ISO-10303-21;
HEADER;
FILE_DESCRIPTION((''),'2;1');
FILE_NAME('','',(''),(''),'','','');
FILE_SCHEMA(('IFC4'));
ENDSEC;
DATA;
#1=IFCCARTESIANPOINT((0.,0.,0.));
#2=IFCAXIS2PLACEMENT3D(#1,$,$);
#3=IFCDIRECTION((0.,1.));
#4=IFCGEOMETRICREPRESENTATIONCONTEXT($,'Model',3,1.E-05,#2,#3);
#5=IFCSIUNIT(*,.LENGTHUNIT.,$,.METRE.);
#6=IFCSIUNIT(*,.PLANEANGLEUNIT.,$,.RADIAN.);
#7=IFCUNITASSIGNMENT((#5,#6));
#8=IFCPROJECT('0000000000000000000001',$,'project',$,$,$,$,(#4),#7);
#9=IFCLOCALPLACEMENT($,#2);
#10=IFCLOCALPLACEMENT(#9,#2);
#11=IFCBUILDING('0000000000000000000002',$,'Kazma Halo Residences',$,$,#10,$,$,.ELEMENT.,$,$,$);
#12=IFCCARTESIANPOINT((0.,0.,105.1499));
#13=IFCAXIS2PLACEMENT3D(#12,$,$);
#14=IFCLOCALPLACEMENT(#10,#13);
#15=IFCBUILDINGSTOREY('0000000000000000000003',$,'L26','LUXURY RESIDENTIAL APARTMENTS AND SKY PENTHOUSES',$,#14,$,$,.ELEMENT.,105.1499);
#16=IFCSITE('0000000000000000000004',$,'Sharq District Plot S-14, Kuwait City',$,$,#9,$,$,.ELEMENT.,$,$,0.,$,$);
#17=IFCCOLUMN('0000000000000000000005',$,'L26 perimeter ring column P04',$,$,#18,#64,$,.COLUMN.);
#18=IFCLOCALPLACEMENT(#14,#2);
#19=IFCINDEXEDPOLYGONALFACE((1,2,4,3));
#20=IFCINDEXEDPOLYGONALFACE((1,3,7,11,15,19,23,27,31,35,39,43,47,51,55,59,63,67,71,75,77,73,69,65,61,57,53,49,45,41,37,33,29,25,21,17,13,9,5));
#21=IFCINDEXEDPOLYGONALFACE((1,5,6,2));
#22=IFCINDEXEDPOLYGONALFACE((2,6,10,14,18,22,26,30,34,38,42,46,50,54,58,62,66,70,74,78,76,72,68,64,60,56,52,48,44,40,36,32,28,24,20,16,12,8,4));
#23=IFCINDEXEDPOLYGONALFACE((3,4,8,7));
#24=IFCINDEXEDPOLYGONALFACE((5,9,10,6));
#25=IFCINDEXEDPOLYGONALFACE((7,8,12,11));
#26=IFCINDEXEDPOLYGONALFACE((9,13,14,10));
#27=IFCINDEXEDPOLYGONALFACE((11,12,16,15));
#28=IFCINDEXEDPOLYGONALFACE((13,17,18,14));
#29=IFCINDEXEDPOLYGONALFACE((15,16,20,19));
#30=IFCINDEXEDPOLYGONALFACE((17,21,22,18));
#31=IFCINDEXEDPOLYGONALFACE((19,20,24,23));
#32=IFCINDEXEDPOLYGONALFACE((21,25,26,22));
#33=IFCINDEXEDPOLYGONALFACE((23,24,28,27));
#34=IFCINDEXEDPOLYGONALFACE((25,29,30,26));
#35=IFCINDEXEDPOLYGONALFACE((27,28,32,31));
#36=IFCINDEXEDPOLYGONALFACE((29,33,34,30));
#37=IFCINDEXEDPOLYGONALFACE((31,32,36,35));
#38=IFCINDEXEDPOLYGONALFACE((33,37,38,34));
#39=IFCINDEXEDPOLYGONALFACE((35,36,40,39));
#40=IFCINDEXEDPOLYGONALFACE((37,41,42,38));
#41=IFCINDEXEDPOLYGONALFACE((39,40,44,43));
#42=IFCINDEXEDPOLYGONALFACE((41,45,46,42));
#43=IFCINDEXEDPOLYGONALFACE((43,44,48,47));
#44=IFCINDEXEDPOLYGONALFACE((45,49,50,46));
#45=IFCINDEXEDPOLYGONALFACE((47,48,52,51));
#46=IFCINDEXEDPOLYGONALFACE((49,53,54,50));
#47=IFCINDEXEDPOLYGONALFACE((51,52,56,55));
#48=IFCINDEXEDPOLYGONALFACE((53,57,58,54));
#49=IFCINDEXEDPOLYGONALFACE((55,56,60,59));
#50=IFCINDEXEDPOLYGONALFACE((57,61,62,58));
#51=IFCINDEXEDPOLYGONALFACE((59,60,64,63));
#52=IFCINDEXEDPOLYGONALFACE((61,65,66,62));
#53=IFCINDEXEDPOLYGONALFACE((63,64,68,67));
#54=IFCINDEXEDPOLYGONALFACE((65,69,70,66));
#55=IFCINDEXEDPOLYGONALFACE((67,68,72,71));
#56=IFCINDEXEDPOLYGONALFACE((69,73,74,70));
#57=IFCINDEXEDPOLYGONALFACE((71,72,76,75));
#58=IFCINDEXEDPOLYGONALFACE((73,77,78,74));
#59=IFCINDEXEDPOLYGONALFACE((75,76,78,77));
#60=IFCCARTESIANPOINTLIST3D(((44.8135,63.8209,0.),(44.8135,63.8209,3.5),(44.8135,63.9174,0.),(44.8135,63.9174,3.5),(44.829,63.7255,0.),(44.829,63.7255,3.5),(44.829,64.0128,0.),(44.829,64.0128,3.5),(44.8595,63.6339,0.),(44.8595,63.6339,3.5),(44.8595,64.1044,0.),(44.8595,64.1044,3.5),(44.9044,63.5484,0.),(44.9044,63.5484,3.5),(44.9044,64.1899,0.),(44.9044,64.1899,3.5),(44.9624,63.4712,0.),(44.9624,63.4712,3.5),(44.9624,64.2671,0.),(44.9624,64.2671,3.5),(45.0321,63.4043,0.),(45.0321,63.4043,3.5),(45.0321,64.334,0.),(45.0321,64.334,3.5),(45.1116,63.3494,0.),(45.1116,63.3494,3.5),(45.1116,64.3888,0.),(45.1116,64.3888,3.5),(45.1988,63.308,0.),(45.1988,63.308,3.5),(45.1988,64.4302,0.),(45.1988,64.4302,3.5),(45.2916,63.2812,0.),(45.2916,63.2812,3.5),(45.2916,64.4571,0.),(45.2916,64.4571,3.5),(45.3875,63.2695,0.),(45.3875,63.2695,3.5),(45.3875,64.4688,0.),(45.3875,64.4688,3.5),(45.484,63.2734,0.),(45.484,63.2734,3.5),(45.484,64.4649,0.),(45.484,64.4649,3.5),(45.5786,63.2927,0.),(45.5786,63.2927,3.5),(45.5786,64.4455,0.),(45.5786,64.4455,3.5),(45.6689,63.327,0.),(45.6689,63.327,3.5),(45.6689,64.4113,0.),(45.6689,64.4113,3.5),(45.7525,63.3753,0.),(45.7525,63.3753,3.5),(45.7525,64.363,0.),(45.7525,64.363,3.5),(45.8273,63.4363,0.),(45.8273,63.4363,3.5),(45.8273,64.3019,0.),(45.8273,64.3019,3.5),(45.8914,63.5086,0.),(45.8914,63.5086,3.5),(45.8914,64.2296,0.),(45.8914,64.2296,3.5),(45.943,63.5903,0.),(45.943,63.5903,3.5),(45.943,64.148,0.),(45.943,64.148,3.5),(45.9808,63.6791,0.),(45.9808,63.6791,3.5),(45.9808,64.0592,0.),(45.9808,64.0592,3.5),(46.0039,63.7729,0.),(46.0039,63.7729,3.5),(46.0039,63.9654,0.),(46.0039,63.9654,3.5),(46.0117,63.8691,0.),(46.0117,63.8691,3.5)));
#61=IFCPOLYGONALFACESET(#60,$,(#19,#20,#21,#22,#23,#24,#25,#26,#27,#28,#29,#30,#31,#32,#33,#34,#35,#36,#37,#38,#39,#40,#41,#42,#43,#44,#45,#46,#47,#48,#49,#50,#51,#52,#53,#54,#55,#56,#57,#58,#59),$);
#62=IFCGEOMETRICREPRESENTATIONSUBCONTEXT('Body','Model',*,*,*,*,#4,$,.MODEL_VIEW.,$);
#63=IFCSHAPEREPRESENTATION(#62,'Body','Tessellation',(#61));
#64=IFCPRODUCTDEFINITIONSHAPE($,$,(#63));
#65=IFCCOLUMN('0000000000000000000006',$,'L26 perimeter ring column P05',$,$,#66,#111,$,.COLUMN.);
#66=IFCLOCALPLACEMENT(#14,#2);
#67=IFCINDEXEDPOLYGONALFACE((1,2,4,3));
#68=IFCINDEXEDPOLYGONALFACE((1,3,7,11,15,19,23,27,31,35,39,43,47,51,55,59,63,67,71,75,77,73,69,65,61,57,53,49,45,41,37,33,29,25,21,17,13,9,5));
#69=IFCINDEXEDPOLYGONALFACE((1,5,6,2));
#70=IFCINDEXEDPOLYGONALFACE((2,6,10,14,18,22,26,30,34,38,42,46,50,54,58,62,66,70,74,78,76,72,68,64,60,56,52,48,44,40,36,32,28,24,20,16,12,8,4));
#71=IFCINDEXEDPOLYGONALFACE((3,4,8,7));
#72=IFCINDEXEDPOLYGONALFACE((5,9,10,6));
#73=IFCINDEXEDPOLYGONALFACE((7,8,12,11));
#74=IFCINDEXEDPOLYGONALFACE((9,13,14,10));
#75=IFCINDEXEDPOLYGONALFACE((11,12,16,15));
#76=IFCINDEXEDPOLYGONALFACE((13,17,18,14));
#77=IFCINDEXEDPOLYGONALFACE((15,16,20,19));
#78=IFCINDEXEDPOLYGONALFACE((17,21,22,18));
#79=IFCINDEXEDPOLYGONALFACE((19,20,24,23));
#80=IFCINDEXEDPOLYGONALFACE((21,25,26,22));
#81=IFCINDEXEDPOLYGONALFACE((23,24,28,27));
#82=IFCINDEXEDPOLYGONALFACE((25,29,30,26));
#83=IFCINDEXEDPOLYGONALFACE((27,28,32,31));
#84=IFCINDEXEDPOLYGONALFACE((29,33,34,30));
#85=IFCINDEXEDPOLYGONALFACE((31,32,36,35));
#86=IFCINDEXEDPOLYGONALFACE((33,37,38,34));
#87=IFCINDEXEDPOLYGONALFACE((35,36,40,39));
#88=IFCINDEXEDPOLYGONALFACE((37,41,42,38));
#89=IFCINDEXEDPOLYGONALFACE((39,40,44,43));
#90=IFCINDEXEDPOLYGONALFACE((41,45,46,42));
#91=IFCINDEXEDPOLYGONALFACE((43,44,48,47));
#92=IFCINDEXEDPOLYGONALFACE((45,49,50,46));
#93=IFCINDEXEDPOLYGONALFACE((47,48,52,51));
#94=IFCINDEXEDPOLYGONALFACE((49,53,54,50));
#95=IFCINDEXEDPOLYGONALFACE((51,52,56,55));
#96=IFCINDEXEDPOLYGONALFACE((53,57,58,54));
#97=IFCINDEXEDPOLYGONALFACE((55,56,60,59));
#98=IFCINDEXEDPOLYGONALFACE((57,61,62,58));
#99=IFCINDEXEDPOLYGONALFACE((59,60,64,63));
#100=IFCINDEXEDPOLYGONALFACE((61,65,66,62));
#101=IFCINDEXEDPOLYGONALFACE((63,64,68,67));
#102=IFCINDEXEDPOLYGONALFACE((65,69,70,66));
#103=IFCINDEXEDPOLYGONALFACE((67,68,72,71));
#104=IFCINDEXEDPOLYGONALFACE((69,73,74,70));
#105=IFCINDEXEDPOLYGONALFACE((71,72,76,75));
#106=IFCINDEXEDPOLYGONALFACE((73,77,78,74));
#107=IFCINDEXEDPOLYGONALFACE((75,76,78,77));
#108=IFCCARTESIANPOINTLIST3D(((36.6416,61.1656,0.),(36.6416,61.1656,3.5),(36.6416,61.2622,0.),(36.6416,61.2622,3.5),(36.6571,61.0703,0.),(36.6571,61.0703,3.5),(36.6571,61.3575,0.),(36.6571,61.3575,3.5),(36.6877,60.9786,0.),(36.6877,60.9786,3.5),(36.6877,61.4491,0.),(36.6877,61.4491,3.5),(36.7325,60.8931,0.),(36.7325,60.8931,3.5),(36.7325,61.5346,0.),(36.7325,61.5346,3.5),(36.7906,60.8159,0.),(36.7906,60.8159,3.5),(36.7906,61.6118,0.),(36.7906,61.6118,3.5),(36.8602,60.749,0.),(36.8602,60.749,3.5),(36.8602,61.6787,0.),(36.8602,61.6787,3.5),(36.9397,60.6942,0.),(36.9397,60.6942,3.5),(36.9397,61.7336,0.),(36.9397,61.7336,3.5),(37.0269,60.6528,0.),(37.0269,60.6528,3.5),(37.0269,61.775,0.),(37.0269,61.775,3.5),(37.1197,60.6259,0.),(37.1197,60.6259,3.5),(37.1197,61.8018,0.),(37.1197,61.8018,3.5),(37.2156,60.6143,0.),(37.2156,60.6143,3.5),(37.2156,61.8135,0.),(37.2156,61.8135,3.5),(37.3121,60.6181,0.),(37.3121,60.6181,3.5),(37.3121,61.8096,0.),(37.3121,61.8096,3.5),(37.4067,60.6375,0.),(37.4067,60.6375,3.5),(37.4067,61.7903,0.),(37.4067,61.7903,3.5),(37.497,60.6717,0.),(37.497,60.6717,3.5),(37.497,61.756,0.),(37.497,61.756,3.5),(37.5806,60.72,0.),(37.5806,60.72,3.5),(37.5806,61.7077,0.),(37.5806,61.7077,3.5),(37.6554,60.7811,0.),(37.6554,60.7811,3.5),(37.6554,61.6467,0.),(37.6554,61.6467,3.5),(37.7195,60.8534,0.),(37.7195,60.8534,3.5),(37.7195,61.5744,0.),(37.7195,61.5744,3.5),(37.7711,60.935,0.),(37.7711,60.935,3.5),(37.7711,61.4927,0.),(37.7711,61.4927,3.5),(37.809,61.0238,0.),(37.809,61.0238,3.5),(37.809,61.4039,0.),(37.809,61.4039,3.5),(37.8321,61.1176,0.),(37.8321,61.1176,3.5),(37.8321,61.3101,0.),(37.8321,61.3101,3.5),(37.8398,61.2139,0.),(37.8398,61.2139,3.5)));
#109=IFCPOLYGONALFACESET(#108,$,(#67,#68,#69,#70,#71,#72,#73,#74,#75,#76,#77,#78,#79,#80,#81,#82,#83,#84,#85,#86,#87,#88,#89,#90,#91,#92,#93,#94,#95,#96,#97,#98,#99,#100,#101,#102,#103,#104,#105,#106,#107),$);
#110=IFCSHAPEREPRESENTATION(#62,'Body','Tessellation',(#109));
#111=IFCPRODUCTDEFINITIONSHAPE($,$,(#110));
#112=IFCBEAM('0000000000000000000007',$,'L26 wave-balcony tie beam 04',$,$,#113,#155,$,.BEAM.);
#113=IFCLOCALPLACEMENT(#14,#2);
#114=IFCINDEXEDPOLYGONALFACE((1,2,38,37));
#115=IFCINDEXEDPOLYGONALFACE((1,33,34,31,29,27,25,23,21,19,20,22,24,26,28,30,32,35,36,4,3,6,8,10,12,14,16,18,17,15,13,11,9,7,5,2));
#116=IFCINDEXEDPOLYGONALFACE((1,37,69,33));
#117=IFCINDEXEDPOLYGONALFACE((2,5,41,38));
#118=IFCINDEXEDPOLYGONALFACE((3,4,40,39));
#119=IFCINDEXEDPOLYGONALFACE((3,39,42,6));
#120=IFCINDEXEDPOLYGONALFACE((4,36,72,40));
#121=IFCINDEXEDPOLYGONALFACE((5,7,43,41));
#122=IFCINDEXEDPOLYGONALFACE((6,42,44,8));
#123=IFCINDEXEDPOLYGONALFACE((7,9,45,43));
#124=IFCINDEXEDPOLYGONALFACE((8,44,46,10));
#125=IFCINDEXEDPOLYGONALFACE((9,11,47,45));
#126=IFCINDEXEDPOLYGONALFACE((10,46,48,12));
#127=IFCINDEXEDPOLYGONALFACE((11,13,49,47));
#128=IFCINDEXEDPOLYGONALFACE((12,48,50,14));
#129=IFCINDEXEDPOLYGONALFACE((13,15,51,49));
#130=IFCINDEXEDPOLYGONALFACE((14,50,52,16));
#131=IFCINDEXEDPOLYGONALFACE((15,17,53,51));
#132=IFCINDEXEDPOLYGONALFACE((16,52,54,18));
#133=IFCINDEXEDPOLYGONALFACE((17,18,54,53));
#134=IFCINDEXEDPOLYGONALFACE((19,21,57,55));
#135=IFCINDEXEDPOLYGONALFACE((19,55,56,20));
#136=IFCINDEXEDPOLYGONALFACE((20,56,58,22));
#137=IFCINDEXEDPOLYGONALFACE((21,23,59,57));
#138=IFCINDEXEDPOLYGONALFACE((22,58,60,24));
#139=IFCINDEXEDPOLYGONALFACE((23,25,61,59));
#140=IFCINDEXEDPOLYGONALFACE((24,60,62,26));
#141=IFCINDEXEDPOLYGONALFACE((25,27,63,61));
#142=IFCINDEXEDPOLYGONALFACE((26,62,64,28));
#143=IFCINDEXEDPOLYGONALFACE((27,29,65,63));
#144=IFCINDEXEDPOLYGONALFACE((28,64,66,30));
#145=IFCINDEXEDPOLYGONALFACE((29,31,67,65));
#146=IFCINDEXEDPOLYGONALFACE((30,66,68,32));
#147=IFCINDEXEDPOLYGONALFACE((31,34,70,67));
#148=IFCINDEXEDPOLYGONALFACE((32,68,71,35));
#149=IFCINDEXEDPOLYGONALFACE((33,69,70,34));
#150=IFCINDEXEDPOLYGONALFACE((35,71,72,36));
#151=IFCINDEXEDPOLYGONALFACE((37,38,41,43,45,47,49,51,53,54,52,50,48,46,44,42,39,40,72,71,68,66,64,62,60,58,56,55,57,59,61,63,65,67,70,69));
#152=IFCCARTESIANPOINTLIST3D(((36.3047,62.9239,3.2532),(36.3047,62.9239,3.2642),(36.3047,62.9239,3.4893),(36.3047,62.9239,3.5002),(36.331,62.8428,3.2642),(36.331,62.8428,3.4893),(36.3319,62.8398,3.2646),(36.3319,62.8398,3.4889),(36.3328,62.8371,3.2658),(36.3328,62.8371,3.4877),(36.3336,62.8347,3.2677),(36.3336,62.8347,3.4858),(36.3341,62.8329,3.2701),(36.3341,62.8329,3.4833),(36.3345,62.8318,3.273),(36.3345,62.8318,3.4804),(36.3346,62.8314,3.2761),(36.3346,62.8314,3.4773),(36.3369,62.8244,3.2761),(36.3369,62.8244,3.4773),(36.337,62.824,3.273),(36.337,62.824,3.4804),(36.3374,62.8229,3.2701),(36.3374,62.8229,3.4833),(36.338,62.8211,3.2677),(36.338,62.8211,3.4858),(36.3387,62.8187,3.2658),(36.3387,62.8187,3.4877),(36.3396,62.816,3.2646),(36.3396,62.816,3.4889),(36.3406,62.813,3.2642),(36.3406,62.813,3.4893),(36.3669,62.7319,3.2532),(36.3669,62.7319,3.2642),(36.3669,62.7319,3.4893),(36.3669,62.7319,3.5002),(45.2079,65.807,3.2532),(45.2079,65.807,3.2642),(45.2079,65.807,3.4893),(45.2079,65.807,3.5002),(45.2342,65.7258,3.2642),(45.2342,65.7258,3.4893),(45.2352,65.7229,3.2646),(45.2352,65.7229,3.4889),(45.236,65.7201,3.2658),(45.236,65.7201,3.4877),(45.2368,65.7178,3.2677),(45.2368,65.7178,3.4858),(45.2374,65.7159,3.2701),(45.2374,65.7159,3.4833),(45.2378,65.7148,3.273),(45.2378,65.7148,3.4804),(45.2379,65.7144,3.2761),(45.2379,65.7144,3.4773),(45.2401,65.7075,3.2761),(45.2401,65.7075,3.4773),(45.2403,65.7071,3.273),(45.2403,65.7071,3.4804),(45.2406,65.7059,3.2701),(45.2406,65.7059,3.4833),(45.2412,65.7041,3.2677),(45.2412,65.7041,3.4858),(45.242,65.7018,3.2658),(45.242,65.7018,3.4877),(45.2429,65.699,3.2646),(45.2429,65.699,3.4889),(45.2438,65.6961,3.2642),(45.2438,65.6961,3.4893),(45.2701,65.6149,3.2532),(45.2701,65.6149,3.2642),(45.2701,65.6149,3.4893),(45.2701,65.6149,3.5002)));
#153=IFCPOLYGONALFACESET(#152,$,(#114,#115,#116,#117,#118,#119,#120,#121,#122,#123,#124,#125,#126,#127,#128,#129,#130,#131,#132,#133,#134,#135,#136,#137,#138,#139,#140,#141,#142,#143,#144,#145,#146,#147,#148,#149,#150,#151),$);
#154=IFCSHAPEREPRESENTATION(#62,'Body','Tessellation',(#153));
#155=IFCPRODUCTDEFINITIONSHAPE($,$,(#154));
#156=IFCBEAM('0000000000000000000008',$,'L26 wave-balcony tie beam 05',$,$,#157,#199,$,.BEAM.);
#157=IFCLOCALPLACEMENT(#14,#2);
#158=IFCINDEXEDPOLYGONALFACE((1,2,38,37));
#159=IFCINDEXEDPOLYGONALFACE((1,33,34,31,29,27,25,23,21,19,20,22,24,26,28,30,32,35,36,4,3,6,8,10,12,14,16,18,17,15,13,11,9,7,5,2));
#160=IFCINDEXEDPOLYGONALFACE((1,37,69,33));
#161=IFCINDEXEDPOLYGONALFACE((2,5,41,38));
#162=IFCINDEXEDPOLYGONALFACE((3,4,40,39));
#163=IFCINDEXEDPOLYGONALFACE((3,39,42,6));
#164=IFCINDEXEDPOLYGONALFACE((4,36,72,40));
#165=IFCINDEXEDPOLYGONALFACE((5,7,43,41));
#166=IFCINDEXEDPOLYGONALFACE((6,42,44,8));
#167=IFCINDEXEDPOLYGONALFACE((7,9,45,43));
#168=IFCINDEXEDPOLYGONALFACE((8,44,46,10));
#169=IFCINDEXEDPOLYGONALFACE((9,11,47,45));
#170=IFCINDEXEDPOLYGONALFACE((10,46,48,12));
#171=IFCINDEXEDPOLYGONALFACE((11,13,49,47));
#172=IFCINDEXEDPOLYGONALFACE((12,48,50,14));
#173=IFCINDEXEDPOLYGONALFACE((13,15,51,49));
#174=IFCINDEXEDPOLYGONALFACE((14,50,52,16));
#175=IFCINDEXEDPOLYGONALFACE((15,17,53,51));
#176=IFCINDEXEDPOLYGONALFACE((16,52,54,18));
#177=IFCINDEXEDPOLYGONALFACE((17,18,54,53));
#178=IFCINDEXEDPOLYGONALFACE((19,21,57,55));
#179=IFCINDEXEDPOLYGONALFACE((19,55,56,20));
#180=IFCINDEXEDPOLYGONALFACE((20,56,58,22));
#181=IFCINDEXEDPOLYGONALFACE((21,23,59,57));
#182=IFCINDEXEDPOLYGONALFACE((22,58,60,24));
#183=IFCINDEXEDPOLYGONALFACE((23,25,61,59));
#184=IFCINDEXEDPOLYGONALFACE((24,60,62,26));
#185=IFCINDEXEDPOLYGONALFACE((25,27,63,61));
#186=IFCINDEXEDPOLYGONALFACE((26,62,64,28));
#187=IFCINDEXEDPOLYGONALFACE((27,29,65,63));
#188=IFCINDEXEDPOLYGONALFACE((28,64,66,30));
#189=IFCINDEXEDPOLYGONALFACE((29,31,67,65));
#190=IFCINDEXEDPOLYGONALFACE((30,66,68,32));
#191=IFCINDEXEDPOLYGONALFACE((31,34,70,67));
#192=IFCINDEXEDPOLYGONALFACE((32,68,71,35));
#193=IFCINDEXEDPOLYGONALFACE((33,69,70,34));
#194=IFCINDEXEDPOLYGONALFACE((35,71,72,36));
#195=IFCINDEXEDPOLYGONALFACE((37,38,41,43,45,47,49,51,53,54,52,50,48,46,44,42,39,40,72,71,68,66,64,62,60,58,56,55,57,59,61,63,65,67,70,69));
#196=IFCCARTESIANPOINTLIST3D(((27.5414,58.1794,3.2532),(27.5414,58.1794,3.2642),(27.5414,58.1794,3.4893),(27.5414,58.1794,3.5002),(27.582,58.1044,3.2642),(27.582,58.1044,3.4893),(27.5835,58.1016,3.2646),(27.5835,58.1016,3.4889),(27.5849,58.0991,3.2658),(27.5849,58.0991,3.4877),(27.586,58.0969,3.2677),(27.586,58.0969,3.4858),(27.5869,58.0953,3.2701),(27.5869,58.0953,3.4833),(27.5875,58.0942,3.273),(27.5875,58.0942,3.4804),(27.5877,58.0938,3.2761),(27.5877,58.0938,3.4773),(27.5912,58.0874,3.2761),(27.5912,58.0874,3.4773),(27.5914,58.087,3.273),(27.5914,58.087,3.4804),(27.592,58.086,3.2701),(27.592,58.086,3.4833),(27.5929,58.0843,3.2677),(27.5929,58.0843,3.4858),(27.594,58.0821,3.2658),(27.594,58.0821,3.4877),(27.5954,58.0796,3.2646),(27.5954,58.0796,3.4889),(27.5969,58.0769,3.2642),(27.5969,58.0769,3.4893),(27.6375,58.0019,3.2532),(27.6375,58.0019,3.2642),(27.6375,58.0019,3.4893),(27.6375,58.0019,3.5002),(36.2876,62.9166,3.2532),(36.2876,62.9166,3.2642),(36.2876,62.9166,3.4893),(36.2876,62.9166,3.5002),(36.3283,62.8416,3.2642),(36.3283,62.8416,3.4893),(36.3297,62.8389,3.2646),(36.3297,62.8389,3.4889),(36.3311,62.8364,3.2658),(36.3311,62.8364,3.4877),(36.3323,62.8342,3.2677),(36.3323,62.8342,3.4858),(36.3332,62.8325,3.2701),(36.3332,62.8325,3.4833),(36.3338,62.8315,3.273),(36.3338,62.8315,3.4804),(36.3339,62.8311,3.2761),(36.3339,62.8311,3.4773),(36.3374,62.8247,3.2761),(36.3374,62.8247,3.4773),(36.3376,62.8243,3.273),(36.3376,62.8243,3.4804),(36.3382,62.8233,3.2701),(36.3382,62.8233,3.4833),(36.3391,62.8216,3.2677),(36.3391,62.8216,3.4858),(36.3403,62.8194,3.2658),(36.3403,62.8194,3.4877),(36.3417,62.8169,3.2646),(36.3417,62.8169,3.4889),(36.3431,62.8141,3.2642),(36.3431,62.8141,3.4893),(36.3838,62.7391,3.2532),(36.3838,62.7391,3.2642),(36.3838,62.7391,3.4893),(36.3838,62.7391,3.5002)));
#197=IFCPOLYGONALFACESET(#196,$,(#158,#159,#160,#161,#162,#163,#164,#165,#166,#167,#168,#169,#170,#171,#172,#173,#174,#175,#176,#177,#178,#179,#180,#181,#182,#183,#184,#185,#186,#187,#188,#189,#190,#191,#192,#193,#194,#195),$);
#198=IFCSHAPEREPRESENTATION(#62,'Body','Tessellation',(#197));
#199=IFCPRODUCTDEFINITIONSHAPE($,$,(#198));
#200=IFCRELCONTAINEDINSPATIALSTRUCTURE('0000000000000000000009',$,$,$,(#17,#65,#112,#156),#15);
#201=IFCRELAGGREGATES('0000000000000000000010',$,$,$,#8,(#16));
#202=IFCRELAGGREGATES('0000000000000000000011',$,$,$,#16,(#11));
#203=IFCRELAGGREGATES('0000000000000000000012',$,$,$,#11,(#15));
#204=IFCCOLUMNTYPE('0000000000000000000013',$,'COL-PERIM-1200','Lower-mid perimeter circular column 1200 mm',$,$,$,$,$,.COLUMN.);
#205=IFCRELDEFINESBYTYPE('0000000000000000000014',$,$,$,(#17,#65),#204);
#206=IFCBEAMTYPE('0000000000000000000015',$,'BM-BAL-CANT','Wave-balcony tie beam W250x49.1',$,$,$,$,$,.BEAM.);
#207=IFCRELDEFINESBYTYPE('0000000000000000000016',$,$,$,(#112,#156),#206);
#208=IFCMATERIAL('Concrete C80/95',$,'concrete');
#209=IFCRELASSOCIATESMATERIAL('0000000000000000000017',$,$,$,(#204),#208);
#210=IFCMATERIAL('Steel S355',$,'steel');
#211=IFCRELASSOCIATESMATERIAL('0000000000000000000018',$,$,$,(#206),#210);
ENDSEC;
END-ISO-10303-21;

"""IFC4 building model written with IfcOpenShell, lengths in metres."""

from ifc_helpers import new_model, si_unit, direction, frame, origin, origin_2d, place, context, subcontext, project, spatial, circle, i_section, extrude, material, material_profile, profile_set, type_object, element, save


model = new_model("IFC4")

# Units and contexts
model_context = context("Model", 3, precision=1e-05, world=origin(), true_north=direction((0.0, 1.0)))
body_context = subcontext(model_context, "Body", "Model", "MODEL_VIEW")
ifc_project = project(units=[si_unit("LENGTHUNIT", "METRE"), si_unit("PLANEANGLEUNIT", "RADIAN")], contexts=[model_context])

# Site, building, storey
site_placement = place(None, origin())
site = spatial("IfcSite", under=ifc_project, at=site_placement, Name="Sharq District Plot S-14, Kuwait City", CompositionType="ELEMENT", RefElevation=0.0)
building_placement = place(site_placement, origin())
building = spatial("IfcBuilding", under=site, at=building_placement, Name="Kazma Halo Residences", CompositionType="ELEMENT")
storey_placement = place(building_placement, frame((0.0, 0.0, 105.1499)))
storey = spatial("IfcBuildingStorey", under=building, at=storey_placement, Name="L26", Description="LUXURY RESIDENTIAL APARTMENTS AND SKY PENTHOUSES", CompositionType="ELEMENT", Elevation=105.1499)

# Columns
ifc_material_1 = material(Name="Concrete C80/95", Category="concrete")
ifc_material_profile_1 = material_profile(ifc_material_1, circle(Radius=0.6001, at=origin_2d()), Name="CIRC1200")
ifc_profile_set_1 = profile_set([ifc_material_profile_1], Name="Concrete C80/95")
column_type = type_object("IfcColumnType", Name="COL-PERIM-1200", Description="Lower-mid perimeter circular column 1200 mm", PredefinedType="COLUMN", material=ifc_profile_set_1)
for number, where, z_axis, x_axis, name in (
    (1, (45.4116, 63.8691, 0.0), (0.0, 0.0, 1.0), (1.0, 0.0, 0.0), "L26 perimeter ring column P04"),
    (2, (37.2397, 61.2139, 0.0), (0.0, 0.0, 1.0), (1.0, 0.0, 0.0), "L26 perimeter ring column P05"),
):
    element("IfcColumn", number, at=place(storey_placement, frame(where, z_axis=z_axis, x_axis=x_axis)), inside=storey, type_object=column_type, Name=name, PredefinedType="COLUMN", context=body_context, shape_type="SweptSolid", body=[
        extrude(circle(Radius=0.6001, at=origin_2d()), origin(), (0.0, 0.0, 1.0), 3.5),
    ])

# Beams
ifc_material_2 = material(Name="Steel S355", Category="steel")
ifc_material_profile_2 = material_profile(ifc_material_2, i_section(OverallWidth=0.2019, OverallDepth=0.2471, WebThickness=0.0073, FlangeThickness=0.011, FilletRadius=0.012, at=origin_2d()), Name="W250x49.1")
ifc_profile_set_2 = profile_set([ifc_material_profile_2], Name="Steel S355")
beam_type_1 = type_object("IfcBeamType", Name="BM-BAL-CANT", Description="Wave-balcony tie beam W250x49.1", PredefinedType="BEAM", material=ifc_profile_set_2)
beam_1_placement = place(storey_placement, frame((45.239, 65.7109, 3.3767), z_axis=(-0.951364, -0.308069, 0.0), x_axis=(0.308069, -0.951364, 0.0)))
element("IfcBeam", 3, at=beam_1_placement, inside=storey, type_object=beam_type_1, Name="L26 wave-balcony tie beam 04", PredefinedType="BEAM", context=body_context, shape_type="SweptSolid", body=[
    extrude(i_section(OverallWidth=0.2019, OverallDepth=0.2471, WebThickness=0.0073, FlangeThickness=0.011, FilletRadius=0.012, at=origin_2d()), origin(), (0.0, 0.0, 1.0), 9.3584),
])
beam_2_placement = place(storey_placement, frame((36.3357, 62.8279, 3.3767), z_axis=(-0.879304, -0.47626, 0.0), x_axis=(0.47626, -0.879304, 0.0)))
element("IfcBeam", 4, at=beam_2_placement, inside=storey, type_object=beam_type_1, Name="L26 wave-balcony tie beam 05", PredefinedType="BEAM", context=body_context, shape_type="SweptSolid", body=[
    extrude(i_section(OverallWidth=0.2019, OverallDepth=0.2471, WebThickness=0.0073, FlangeThickness=0.011, FilletRadius=0.012, at=origin_2d()), origin(), (0.0, 0.0, 1.0), 9.9468),
])

save(model, "model.ifc")
